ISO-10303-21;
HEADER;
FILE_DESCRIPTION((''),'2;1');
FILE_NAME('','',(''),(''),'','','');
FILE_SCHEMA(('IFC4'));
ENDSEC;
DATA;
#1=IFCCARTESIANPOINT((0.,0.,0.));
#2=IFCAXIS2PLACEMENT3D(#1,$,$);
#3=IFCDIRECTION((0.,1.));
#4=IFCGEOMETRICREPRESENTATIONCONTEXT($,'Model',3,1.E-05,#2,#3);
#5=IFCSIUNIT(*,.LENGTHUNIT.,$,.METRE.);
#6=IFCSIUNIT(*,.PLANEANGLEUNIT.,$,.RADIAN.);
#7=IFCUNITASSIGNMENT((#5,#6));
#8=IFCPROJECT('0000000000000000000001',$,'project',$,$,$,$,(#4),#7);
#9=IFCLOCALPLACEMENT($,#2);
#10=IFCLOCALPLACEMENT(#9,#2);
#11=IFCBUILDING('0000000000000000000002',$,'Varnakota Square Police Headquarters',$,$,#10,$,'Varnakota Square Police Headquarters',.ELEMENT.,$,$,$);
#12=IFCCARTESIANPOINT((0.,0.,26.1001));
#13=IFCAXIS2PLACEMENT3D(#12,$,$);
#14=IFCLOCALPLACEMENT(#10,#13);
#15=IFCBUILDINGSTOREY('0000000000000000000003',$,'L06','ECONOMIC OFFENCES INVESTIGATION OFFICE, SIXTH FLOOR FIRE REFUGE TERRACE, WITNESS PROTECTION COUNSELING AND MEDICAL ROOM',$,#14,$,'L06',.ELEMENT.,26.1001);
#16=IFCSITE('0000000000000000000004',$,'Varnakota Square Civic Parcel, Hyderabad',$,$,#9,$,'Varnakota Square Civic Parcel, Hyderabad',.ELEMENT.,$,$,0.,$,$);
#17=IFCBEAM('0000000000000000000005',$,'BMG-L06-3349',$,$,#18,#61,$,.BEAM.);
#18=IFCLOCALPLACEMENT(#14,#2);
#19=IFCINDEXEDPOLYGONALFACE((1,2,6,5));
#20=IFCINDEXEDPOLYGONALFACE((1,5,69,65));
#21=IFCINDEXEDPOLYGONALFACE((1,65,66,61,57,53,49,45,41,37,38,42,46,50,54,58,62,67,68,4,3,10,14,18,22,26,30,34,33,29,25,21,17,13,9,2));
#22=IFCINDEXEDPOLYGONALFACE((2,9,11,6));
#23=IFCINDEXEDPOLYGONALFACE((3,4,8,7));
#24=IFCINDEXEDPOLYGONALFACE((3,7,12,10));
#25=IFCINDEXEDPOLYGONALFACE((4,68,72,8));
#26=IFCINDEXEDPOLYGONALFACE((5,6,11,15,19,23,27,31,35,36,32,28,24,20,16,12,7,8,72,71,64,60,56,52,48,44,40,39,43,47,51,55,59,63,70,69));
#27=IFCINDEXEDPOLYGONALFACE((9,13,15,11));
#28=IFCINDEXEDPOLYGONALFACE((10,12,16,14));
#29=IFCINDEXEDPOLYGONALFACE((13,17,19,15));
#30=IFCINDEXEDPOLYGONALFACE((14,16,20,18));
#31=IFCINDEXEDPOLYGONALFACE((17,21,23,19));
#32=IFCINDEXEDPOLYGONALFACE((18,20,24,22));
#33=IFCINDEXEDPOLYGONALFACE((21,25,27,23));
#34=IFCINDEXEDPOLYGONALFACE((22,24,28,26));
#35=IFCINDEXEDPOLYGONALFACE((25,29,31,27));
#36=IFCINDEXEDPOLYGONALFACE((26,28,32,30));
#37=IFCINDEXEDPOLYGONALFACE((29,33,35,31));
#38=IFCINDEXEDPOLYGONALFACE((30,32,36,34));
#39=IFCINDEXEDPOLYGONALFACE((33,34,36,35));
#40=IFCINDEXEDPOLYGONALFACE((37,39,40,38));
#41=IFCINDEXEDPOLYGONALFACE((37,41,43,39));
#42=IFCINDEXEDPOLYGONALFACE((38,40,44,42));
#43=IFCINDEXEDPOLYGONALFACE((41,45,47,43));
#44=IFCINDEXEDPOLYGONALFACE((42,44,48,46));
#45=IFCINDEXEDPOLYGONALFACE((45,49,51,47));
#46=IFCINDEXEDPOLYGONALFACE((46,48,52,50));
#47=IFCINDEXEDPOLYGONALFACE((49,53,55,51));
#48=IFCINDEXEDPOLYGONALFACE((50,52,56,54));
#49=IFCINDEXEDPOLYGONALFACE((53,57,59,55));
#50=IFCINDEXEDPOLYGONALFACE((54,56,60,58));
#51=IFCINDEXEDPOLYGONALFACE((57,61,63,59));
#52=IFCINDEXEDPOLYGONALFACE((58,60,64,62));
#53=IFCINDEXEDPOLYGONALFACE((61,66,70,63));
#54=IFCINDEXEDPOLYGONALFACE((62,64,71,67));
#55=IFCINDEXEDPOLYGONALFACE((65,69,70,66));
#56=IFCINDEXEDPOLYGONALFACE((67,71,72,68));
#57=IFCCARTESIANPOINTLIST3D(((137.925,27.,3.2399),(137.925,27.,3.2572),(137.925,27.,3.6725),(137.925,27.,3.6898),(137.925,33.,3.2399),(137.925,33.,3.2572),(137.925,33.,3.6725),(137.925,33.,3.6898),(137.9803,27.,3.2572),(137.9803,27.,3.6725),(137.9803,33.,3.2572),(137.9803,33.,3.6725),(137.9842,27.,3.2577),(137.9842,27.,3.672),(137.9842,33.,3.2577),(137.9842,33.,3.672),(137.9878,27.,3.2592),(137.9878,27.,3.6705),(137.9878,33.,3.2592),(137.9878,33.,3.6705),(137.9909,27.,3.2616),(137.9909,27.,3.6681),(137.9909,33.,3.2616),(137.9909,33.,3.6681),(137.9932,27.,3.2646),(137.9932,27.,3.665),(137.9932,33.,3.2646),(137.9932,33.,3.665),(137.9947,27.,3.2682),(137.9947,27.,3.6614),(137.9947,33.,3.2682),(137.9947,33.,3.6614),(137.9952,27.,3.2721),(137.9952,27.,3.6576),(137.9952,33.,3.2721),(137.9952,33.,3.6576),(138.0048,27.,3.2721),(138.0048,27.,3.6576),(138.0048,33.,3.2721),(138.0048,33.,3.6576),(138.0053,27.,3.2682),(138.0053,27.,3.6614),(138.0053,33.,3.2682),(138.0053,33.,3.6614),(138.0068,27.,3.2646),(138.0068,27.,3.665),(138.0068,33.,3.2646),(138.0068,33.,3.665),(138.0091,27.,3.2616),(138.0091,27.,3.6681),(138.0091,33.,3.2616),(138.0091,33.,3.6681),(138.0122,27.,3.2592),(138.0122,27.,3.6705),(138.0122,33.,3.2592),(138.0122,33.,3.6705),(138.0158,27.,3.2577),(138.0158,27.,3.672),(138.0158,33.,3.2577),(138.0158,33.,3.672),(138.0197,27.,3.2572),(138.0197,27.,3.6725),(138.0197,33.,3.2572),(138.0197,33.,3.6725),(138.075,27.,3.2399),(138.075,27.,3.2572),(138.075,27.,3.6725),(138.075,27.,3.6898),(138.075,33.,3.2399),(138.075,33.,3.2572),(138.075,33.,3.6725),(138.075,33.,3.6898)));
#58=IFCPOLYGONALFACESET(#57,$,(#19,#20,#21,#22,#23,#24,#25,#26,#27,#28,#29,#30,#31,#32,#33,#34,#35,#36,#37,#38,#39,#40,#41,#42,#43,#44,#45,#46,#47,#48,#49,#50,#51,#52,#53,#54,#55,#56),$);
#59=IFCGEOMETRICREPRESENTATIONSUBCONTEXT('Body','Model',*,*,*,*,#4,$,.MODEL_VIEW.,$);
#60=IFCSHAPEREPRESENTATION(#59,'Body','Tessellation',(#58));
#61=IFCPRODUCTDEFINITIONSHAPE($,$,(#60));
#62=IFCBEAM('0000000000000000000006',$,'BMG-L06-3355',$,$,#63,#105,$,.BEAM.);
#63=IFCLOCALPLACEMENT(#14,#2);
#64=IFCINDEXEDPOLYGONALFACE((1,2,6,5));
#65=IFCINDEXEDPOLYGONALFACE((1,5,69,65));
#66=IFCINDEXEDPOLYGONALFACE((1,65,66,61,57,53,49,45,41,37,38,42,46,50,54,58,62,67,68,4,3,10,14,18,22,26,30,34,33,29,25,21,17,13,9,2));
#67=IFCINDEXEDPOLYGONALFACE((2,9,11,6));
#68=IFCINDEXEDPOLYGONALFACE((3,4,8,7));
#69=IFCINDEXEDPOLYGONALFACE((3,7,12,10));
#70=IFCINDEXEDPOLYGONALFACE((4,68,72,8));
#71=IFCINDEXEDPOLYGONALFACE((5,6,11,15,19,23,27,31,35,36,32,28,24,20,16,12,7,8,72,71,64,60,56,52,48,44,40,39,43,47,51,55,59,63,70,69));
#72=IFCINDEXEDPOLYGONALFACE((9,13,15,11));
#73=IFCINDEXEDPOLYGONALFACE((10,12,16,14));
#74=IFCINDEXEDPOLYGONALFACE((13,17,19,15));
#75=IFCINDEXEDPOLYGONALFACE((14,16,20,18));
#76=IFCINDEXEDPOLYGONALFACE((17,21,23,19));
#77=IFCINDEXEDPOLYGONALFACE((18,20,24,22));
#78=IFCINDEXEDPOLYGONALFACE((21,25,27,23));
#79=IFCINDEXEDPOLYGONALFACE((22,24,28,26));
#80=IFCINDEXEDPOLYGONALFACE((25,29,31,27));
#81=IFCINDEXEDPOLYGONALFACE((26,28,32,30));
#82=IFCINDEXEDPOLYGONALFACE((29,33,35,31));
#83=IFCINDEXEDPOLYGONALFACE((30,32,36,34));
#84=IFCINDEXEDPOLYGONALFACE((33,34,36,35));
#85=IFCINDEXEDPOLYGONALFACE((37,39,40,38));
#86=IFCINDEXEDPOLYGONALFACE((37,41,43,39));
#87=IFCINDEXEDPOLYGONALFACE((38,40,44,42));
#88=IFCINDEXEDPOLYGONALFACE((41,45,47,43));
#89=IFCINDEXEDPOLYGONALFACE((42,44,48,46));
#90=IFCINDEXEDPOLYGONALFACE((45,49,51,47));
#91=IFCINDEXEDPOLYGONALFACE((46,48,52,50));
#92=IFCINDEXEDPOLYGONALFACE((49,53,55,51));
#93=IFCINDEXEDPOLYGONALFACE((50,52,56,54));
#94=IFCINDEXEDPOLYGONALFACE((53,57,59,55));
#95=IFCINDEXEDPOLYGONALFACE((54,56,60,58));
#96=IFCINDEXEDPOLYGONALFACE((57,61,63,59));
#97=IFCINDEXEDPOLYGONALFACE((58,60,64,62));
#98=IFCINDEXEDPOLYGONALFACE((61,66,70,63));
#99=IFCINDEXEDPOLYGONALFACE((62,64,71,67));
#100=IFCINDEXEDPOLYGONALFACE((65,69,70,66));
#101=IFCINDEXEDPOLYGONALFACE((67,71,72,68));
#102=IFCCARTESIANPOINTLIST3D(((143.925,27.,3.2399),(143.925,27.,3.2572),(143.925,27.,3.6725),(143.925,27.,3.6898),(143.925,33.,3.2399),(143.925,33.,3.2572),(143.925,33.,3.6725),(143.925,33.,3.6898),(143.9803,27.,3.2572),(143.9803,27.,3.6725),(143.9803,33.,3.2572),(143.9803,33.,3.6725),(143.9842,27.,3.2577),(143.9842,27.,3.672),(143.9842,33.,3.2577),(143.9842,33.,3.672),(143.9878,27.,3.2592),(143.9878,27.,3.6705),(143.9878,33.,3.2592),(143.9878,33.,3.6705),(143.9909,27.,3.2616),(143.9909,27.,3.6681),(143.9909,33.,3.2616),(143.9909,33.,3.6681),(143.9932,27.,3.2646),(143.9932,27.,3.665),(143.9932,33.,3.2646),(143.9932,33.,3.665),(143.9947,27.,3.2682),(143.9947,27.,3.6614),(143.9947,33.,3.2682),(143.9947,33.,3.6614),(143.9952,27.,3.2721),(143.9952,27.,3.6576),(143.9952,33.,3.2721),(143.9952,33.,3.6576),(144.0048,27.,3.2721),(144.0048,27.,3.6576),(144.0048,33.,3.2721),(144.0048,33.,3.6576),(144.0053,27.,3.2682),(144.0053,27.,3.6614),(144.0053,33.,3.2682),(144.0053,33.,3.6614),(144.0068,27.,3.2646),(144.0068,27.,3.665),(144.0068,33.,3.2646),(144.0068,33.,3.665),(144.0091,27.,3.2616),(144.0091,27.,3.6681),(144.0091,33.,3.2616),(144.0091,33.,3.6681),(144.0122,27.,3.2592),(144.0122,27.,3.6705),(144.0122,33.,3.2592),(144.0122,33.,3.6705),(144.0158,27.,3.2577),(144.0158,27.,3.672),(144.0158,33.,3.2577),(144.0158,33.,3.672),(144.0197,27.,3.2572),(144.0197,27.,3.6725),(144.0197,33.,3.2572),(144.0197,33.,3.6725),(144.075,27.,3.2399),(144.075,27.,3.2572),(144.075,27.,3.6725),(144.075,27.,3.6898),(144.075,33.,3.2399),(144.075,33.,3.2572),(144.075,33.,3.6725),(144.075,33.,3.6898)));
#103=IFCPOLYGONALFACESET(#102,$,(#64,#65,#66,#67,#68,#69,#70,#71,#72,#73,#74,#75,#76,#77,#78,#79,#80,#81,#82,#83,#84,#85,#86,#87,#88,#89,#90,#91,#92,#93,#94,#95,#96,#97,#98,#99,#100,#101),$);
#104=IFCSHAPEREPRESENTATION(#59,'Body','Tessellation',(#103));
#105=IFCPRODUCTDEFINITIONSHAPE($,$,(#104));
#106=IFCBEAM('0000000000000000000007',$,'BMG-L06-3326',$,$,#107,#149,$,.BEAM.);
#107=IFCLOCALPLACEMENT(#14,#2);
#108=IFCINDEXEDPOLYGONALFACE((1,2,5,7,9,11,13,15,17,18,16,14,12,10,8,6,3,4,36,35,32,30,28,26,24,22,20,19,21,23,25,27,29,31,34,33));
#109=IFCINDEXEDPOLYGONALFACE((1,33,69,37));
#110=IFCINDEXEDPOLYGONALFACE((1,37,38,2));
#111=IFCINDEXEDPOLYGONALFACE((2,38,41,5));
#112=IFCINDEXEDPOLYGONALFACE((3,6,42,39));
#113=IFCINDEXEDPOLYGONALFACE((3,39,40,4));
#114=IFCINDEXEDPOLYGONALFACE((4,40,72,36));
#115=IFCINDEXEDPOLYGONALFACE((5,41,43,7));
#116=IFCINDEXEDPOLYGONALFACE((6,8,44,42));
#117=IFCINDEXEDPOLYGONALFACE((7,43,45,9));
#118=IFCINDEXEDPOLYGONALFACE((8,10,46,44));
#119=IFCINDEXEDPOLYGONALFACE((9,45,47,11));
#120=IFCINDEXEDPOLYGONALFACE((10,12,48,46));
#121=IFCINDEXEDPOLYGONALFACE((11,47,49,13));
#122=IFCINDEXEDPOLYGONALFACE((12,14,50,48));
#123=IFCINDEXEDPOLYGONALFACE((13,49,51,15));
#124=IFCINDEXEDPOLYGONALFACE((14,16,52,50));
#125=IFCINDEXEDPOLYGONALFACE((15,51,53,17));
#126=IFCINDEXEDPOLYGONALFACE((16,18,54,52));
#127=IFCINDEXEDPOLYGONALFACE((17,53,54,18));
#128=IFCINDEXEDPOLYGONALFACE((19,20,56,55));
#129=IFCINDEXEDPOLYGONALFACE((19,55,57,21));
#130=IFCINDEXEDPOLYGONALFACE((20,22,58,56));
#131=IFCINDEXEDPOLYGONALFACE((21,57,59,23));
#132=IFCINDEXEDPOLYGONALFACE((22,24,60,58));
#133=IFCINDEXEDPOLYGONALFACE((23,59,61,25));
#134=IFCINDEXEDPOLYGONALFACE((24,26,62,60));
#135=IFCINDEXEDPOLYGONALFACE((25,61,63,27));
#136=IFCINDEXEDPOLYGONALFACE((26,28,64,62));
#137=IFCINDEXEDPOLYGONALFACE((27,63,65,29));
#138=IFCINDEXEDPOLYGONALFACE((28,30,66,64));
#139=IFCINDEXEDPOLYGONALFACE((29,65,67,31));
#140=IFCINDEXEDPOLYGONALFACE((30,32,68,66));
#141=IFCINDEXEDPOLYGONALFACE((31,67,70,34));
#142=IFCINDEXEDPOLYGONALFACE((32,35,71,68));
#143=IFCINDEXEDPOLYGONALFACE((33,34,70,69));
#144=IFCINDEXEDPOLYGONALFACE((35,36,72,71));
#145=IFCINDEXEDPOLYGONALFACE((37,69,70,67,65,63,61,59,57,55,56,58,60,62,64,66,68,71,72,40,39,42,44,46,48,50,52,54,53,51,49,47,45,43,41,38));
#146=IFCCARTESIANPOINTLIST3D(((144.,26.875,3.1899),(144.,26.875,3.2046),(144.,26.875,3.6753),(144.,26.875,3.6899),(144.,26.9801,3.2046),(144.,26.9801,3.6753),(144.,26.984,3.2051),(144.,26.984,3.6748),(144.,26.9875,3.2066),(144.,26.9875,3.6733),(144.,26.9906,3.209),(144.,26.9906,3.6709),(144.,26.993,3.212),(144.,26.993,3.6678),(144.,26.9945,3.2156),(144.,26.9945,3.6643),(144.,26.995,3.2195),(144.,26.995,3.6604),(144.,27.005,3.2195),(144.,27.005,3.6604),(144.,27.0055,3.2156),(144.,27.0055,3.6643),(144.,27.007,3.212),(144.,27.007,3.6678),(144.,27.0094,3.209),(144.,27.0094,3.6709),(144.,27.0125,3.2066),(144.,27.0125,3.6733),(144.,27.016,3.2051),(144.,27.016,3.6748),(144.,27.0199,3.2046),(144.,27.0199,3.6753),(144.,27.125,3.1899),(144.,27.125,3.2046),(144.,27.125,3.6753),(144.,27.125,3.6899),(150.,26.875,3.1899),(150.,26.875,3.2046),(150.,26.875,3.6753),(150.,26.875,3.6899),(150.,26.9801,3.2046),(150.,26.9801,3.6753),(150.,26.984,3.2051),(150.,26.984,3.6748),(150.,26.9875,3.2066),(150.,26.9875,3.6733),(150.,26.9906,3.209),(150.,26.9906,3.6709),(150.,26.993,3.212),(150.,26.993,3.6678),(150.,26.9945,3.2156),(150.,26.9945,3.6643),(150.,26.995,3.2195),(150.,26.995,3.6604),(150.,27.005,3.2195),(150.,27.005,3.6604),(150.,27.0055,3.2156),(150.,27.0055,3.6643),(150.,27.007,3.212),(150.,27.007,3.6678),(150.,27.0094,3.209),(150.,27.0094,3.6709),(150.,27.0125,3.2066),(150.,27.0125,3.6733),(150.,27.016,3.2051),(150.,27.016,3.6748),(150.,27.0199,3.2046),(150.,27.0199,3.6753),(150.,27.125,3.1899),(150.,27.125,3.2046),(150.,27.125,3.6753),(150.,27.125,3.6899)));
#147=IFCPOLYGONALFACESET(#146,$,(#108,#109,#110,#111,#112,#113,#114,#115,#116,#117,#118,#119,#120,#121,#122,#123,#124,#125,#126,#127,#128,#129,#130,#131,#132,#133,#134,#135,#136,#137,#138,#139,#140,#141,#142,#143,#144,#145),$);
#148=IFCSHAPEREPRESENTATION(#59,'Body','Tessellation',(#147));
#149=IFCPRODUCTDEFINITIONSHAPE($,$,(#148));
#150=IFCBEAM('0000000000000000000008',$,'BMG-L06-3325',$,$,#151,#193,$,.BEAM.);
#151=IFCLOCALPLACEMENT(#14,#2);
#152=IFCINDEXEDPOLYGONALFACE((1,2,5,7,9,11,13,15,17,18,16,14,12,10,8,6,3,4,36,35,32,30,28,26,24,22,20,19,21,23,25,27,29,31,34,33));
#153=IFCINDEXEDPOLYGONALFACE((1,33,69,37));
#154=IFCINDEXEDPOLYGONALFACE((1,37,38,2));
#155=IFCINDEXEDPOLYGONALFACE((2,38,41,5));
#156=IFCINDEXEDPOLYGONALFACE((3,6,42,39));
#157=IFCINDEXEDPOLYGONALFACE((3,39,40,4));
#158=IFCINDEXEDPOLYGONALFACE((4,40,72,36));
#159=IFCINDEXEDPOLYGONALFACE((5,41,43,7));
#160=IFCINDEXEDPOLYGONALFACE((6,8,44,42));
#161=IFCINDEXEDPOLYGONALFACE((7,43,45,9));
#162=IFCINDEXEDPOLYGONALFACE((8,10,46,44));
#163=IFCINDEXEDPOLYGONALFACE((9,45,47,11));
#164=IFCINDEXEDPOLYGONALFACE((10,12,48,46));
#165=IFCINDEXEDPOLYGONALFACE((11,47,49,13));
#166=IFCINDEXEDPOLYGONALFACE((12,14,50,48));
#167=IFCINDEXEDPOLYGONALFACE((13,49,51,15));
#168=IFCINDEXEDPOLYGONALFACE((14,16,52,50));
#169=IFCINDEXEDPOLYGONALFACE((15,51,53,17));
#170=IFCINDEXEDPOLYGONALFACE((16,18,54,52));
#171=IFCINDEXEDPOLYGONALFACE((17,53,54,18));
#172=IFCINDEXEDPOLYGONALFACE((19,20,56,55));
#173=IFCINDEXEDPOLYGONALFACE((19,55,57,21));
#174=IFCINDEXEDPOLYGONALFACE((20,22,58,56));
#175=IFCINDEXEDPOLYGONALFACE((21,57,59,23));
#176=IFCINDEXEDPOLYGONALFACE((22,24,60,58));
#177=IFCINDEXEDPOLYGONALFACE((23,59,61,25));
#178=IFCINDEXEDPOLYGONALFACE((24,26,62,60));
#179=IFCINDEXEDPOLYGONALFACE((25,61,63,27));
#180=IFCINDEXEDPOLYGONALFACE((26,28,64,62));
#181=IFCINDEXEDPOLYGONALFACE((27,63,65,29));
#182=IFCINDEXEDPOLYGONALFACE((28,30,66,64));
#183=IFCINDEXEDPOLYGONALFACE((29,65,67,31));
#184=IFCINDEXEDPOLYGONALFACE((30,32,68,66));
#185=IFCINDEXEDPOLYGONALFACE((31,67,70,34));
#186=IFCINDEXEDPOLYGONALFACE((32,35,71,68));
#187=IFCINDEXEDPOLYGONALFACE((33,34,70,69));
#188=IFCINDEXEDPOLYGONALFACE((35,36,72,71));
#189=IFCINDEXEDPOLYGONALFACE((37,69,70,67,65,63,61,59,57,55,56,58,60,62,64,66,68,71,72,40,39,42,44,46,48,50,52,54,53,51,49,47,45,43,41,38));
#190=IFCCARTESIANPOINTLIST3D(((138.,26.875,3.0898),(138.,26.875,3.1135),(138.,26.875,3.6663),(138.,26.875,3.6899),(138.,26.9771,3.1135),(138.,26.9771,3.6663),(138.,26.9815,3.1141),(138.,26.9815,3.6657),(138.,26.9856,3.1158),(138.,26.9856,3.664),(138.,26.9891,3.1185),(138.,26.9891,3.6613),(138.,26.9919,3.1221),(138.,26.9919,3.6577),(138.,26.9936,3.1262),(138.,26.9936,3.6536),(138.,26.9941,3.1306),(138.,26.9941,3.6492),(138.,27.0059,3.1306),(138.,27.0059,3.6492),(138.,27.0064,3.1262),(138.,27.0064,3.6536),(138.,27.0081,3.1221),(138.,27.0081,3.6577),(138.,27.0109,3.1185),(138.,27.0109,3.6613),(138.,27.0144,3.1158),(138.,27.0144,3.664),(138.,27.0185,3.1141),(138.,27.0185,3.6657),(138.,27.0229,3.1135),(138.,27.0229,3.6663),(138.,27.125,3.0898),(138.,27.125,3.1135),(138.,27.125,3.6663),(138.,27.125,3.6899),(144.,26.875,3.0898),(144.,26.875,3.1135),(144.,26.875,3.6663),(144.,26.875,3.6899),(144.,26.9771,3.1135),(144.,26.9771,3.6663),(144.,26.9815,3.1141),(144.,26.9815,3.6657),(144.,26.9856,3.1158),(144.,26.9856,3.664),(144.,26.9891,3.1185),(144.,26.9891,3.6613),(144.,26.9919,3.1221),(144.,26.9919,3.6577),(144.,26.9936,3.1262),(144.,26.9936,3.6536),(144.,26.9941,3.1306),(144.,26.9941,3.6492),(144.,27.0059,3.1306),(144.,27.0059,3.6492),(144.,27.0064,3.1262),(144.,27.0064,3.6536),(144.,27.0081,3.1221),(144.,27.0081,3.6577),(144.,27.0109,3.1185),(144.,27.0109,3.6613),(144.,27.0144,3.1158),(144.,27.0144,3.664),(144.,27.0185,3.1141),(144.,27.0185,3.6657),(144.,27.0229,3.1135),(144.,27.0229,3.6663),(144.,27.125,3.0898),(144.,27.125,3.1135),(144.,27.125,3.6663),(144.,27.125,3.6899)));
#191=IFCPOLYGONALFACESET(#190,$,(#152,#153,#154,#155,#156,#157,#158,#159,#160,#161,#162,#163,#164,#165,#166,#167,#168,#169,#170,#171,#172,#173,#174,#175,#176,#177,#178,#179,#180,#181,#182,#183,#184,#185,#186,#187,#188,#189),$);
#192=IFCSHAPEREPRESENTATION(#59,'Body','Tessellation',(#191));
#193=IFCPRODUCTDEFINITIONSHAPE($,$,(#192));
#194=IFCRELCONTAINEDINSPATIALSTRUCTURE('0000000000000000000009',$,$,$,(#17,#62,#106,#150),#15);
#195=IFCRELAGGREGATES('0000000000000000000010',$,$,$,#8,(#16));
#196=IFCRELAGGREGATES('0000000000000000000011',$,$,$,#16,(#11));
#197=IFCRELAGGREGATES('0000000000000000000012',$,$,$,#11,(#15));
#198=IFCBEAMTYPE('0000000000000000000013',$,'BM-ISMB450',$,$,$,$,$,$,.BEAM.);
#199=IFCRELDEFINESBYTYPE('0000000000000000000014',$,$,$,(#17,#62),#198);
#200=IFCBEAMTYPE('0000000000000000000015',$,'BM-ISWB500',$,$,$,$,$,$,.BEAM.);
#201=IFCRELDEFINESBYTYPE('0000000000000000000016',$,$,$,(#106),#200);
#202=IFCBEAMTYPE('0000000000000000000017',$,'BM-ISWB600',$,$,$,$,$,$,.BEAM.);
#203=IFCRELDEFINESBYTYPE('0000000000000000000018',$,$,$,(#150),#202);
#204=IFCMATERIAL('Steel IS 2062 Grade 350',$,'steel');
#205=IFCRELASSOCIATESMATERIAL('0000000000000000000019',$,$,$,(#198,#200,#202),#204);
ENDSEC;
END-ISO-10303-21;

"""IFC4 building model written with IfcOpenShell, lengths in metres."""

from ifc_helpers import new_model, si_unit, direction, frame, origin, origin_2d, place, context, subcontext, project, spatial, i_section, extrude, material, material_profile, profile_set, type_object, element, save


model = new_model("IFC4")

# Units and contexts
model_context = context("Model", 3, precision=1e-05, world=origin(), true_north=direction((0.0, 1.0)))
body_context = subcontext(model_context, "Body", "Model", "MODEL_VIEW")
ifc_project = project(units=[si_unit("LENGTHUNIT", "METRE"), si_unit("PLANEANGLEUNIT", "RADIAN")], contexts=[model_context])

# Site, building, storey
site_placement = place(None, origin())
site = spatial("IfcSite", under=ifc_project, at=site_placement, Name="Varnakota Square Civic Parcel, Hyderabad", LongName="Varnakota Square Civic Parcel, Hyderabad", CompositionType="ELEMENT", RefElevation=0.0)
building_placement = place(site_placement, origin())
building = spatial("IfcBuilding", under=site, at=building_placement, Name="Varnakota Square Police Headquarters", LongName="Varnakota Square Police Headquarters", CompositionType="ELEMENT")
storey_placement = place(building_placement, frame((0.0, 0.0, 26.1001)))
storey = spatial("IfcBuildingStorey", under=building, at=storey_placement, Name="L06", Description="ECONOMIC OFFENCES INVESTIGATION OFFICE, SIXTH FLOOR FIRE REFUGE TERRACE, WITNESS PROTECTION COUNSELING AND MEDICAL ROOM", LongName="L06", CompositionType="ELEMENT", Elevation=26.1001)

# Shared definitions
ifc_material_1 = material(Name="Steel IS 2062 Grade 350", Category="steel")

# Beams
ifc_material_profile_1 = material_profile(ifc_material_1, i_section(OverallWidth=0.1499, OverallDepth=0.45, WebThickness=0.0095, FlangeThickness=0.0173, FilletRadius=0.0149, at=origin_2d()), Name="ISMB 450")
ifc_profile_set_1 = profile_set([ifc_material_profile_1], Name="Steel IS 2062 Grade 350")
beam_type_1 = type_object("IfcBeamType", Name="BM-ISMB450", PredefinedType="BEAM", material=ifc_profile_set_1)
for number, where, z_axis, x_axis, name in (
    (1, (138.0, 27.0, 3.4648), (0.0, 1.0, 0.0), (-1.0, 0.0, 0.0), "BMG-L06-3349"),
    (2, (144.0, 27.0, 3.4648), (0.0, 1.0, 0.0), (-1.0, 0.0, 0.0), "BMG-L06-3355"),
):
    element("IfcBeam", number, at=place(storey_placement, frame(where, z_axis=z_axis, x_axis=x_axis)), inside=storey, type_object=beam_type_1, Name=name, PredefinedType="BEAM", context=body_context, shape_type="SweptSolid", body=[
        extrude(i_section(OverallWidth=0.1499, OverallDepth=0.45, WebThickness=0.0095, FlangeThickness=0.0173, FilletRadius=0.0149, at=origin_2d()), origin(), (0.0, 0.0, 1.0), 6.0),
    ])
ifc_material_profile_2 = material_profile(ifc_material_1, i_section(OverallWidth=0.25, OverallDepth=0.5, WebThickness=0.01, FlangeThickness=0.0146, FilletRadius=0.0149, at=origin_2d()), Name="ISWB 500")
ifc_profile_set_2 = profile_set([ifc_material_profile_2], Name="Steel IS 2062 Grade 350")
beam_type_2 = type_object("IfcBeamType", Name="BM-ISWB500", PredefinedType="BEAM", material=ifc_profile_set_2)
beam_1_placement = place(storey_placement, frame((144.0, 27.0, 3.4399), z_axis=(1.0, 0.0, 0.0), x_axis=(0.0, 1.0, 0.0)))
element("IfcBeam", 3, at=beam_1_placement, inside=storey, type_object=beam_type_2, Name="BMG-L06-3326", PredefinedType="BEAM", context=body_context, shape_type="SweptSolid", body=[
    extrude(i_section(OverallWidth=0.25, OverallDepth=0.5, WebThickness=0.01, FlangeThickness=0.0146, FilletRadius=0.0149, at=origin_2d()), origin(), (0.0, 0.0, 1.0), 6.0),
])
ifc_material_profile_3 = material_profile(ifc_material_1, i_section(OverallWidth=0.25, OverallDepth=0.6001, WebThickness=0.0117, FlangeThickness=0.0237, FilletRadius=0.0171, at=origin_2d()), Name="ISWB 600")
ifc_profile_set_3 = profile_set([ifc_material_profile_3], Name="Steel IS 2062 Grade 350")
beam_type_3 = type_object("IfcBeamType", Name="BM-ISWB600", PredefinedType="BEAM", material=ifc_profile_set_3)
beam_2_placement = place(storey_placement, frame((138.0, 27.0, 3.3899), z_axis=(1.0, 0.0, 0.0), x_axis=(0.0, 1.0, 0.0)))
element("IfcBeam", 4, at=beam_2_placement, inside=storey, type_object=beam_type_3, Name="BMG-L06-3325", PredefinedType="BEAM", context=body_context, shape_type="SweptSolid", body=[
    extrude(i_section(OverallWidth=0.25, OverallDepth=0.6001, WebThickness=0.0117, FlangeThickness=0.0237, FilletRadius=0.0171, at=origin_2d()), origin(), (0.0, 0.0, 1.0), 6.0),
])

save(model, "model.ifc")
